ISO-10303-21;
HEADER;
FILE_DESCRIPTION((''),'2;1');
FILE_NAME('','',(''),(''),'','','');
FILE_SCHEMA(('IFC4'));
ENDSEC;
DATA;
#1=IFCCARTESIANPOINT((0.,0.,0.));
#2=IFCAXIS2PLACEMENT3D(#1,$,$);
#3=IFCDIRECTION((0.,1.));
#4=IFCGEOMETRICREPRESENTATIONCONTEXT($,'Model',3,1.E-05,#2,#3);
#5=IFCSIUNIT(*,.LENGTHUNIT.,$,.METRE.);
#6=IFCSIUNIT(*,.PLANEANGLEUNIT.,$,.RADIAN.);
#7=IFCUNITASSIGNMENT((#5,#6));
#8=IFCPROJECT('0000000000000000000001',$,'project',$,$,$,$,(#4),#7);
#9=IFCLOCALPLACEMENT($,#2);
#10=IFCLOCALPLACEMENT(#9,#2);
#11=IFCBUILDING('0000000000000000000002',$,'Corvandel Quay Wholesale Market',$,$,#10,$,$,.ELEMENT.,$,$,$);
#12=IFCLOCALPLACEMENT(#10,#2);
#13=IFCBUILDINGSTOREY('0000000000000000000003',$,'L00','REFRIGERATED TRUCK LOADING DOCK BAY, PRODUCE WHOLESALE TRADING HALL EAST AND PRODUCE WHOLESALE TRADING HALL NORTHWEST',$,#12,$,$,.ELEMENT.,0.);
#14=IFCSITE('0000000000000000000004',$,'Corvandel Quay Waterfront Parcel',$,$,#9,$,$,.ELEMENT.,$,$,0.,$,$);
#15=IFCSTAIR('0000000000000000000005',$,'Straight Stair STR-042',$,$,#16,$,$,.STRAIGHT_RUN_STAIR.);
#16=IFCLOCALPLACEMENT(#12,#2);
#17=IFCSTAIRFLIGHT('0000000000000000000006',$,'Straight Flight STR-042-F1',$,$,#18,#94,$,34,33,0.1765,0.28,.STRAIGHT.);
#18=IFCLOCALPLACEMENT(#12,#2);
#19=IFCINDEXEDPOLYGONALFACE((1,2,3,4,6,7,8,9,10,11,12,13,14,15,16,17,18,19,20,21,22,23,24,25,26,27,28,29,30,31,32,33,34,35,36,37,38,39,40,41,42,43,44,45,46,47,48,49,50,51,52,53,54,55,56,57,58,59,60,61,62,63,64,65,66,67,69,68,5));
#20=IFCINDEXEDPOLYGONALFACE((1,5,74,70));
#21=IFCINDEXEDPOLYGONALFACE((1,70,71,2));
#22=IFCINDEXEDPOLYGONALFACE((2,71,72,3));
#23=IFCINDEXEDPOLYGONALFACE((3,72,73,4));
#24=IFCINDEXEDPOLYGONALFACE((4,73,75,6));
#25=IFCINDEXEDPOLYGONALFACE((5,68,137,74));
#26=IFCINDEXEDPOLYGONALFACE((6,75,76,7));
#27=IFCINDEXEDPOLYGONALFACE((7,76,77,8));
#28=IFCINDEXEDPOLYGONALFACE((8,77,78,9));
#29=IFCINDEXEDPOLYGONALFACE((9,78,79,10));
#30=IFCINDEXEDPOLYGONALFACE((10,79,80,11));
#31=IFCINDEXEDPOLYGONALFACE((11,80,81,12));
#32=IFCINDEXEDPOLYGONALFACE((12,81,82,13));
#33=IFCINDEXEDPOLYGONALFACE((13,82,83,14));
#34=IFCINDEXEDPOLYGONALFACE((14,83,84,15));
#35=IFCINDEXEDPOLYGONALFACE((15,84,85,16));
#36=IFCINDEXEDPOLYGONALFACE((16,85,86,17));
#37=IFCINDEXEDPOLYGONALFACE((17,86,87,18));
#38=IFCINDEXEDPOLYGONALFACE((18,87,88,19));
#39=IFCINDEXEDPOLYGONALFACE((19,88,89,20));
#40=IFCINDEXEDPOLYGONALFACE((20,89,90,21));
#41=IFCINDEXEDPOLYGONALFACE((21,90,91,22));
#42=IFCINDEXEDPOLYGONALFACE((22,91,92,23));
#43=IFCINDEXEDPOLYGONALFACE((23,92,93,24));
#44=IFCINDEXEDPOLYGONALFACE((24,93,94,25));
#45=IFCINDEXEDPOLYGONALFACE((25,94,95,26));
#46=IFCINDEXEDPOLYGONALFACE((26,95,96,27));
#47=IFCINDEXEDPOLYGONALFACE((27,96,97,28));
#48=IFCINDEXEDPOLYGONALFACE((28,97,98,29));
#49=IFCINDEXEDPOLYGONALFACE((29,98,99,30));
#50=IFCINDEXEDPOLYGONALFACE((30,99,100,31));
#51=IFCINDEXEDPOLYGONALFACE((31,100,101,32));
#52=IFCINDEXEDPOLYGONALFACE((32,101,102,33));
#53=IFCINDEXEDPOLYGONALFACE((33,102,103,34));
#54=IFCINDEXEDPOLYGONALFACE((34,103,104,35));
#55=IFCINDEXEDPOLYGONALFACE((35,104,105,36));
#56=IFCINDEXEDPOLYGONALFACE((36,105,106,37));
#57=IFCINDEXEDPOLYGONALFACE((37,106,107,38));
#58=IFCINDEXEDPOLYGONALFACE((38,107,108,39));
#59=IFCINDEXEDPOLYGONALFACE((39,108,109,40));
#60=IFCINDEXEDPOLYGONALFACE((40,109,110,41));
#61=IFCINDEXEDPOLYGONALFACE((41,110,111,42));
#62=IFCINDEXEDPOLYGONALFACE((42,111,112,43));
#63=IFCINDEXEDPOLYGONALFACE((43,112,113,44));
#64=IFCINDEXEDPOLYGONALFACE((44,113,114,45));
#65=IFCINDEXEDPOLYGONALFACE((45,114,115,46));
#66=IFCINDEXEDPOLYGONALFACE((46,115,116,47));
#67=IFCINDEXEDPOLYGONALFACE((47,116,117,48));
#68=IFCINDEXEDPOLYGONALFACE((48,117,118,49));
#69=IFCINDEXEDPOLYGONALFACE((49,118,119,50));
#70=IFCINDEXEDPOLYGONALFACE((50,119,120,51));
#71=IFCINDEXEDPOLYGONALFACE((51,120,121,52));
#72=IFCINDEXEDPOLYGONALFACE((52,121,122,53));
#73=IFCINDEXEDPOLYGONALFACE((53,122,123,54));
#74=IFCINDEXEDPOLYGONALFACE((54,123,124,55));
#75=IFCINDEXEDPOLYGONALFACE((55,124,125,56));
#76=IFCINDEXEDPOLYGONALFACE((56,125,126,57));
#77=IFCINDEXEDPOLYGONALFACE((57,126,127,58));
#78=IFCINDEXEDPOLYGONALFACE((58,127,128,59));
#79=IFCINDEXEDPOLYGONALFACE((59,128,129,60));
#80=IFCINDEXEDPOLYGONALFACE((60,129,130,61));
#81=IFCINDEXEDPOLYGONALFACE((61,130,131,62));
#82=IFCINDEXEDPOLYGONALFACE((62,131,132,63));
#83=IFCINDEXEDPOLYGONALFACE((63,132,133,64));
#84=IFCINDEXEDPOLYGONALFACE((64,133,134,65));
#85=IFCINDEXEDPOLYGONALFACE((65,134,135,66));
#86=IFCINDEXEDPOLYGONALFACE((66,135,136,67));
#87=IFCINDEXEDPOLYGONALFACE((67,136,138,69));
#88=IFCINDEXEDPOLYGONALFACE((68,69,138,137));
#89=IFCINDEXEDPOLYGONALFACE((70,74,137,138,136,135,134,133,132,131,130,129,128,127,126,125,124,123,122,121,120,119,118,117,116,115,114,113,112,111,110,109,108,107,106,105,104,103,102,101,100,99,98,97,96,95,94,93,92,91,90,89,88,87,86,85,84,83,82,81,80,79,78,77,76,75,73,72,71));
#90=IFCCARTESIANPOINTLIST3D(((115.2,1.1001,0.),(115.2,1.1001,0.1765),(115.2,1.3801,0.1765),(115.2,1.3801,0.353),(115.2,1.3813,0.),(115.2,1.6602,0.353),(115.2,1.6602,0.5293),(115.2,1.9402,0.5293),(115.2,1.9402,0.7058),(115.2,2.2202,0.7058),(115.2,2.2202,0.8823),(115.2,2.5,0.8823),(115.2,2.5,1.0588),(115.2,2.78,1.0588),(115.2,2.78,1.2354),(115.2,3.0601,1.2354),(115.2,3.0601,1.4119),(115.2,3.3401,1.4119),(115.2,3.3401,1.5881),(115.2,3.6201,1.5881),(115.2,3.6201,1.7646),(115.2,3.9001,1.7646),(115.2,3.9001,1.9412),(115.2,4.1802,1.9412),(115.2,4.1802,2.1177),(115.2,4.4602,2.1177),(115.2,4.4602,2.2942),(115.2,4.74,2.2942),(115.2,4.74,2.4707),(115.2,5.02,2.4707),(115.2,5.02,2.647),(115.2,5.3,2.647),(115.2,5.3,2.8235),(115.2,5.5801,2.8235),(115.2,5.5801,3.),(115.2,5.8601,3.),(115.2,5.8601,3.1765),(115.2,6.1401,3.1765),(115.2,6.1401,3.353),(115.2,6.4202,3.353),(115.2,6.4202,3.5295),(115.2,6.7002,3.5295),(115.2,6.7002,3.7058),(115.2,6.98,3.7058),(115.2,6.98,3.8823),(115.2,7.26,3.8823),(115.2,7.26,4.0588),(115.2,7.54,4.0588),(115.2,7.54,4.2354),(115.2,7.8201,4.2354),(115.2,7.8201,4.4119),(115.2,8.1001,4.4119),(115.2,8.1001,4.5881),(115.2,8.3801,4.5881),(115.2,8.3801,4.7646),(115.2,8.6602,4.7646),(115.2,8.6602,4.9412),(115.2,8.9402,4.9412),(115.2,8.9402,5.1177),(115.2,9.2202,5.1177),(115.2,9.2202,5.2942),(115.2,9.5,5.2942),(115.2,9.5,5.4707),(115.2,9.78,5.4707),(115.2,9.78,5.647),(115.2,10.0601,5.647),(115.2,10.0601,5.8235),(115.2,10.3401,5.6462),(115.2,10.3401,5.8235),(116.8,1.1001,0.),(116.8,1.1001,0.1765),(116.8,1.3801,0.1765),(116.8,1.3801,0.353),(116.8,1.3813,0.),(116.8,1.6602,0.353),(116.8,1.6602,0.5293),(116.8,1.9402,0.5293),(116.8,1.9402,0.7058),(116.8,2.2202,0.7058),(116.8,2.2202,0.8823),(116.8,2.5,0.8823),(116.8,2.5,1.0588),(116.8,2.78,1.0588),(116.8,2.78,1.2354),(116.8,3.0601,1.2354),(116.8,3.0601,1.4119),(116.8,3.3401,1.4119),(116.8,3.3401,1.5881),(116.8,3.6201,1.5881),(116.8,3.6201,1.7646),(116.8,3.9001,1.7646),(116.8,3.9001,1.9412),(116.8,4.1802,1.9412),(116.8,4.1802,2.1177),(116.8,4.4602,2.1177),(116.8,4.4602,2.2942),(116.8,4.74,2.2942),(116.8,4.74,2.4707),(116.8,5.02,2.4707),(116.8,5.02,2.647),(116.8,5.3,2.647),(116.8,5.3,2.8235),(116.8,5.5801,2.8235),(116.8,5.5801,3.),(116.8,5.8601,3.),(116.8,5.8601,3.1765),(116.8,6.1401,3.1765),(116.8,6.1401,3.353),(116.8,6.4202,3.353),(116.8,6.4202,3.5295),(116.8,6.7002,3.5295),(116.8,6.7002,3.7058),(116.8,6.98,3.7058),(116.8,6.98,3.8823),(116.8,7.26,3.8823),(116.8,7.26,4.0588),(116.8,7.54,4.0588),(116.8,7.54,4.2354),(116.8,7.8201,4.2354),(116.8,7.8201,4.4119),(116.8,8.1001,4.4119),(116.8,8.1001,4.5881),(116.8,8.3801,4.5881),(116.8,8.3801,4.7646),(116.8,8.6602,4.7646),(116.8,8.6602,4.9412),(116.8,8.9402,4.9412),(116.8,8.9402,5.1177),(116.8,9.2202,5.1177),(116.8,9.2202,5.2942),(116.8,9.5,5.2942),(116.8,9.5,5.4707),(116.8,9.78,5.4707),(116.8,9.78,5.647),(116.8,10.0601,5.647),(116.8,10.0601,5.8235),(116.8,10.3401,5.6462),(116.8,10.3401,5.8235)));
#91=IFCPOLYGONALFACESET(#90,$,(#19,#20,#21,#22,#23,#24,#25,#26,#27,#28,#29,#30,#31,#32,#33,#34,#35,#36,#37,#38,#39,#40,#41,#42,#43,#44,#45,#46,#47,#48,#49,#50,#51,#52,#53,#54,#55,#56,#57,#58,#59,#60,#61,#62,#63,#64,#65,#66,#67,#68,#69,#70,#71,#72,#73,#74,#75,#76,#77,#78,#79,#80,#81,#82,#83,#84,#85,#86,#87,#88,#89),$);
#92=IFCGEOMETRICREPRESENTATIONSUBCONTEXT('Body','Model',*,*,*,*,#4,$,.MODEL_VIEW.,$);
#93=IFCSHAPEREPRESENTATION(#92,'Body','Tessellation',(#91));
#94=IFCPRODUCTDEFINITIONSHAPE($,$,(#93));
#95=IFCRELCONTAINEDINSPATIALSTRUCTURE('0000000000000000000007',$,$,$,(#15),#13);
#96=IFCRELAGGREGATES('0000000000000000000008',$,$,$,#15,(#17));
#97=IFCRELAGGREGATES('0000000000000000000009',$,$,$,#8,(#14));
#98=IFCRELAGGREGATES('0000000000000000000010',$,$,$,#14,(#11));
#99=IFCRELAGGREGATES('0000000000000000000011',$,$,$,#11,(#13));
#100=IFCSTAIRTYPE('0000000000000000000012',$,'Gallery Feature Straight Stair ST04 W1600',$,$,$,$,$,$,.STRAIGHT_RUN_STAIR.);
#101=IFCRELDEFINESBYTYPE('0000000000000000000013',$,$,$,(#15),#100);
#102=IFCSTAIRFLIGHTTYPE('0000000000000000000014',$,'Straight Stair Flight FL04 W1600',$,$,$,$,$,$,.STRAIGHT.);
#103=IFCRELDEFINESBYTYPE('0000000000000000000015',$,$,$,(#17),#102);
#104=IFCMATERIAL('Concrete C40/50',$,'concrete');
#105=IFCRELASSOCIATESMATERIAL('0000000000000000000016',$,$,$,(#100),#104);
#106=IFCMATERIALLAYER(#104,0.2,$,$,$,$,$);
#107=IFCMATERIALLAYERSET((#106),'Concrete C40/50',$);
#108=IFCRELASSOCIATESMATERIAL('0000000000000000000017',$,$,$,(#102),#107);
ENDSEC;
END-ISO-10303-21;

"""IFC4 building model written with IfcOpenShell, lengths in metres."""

from ifc_helpers import new_model, si_unit, direction, frame, origin, place, context, subcontext, project, spatial, polyline, outline, extrude, material, layer, layer_set, type_object, element, aggregate, save


model = new_model("IFC4")

# Units and contexts
model_context = context("Model", 3, precision=1e-05, world=origin(), true_north=direction((0.0, 1.0)))
body_context = subcontext(model_context, "Body", "Model", "MODEL_VIEW")
ifc_project = project(units=[si_unit("LENGTHUNIT", "METRE"), si_unit("PLANEANGLEUNIT", "RADIAN")], contexts=[model_context])

# Site, building, storey
site_placement = place(None, origin())
site = spatial("IfcSite", under=ifc_project, at=site_placement, Name="Corvandel Quay Waterfront Parcel", CompositionType="ELEMENT", RefElevation=0.0)
building_placement = place(site_placement, origin())
building = spatial("IfcBuilding", under=site, at=building_placement, Name="Corvandel Quay Wholesale Market", CompositionType="ELEMENT")
storey_placement = place(building_placement, origin())
storey = spatial("IfcBuildingStorey", under=building, at=storey_placement, Name="L00", Description="REFRIGERATED TRUCK LOADING DOCK BAY, PRODUCE WHOLESALE TRADING HALL EAST AND PRODUCE WHOLESALE TRADING HALL NORTHWEST", CompositionType="ELEMENT", Elevation=0.0)

# Shared definitions
ifc_material_1 = material(Name="Concrete C40/50", Category="concrete")

# Stair, stair flight
stair_type = type_object("IfcStairType", Name="Gallery Feature Straight Stair ST04 W1600", PredefinedType="STRAIGHT_RUN_STAIR", material=ifc_material_1)
stair_placement = place(storey_placement, origin())
stair = element("IfcStair", 1, at=stair_placement, inside=storey, type_object=stair_type, Name="Straight Stair STR-042", PredefinedType="STRAIGHT_RUN_STAIR")
ifc_layer_1 = layer(ifc_material_1, 0.2)
ifc_layer_set_1 = layer_set([ifc_layer_1], Name="Concrete C40/50")
stair_flight_type = type_object("IfcStairFlightType", Name="Straight Stair Flight FL04 W1600", PredefinedType="STRAIGHT", material=ifc_layer_set_1)
stair_flight_placement = place(storey_placement, frame((116.0, 1.1001, 0.0), z_axis=(0.0, 0.0, 1.0), x_axis=(0.0, 1.0, 0.0)))
stair_flight = element("IfcStairFlight", 2, at=stair_flight_placement, type_object=stair_flight_type, Name="Straight Flight STR-042-F1", NumberOfRisers=34, NumberOfTreads=33, PredefinedType="STRAIGHT", RiserHeight=0.1765, TreadLength=0.28, context=body_context, shape_type="SweptSolid", body=[
    extrude(outline(polyline([(0.0, 0.0), (0.0, 0.1765), (0.28, 0.1765), (0.28, 0.353), (0.5601, 0.353), (0.5601, 0.5293), (0.8401, 0.5293), (0.8401, 0.7058), (1.1201, 0.7058), (1.1201, 0.8823), (1.3999, 0.8823), (1.3999, 1.0588), (1.6799, 1.0588), (1.6799, 1.2354), (1.96, 1.2354), (1.96, 1.4119), (2.24, 1.4119), (2.24, 1.5881), (2.52, 1.5881), (2.52, 1.7646), (2.8, 1.7646), (2.8, 1.9412), (3.0801, 1.9412), (3.0801, 2.1177), (3.3601, 2.1177), (3.3601, 2.2942), (3.6399, 2.2942), (3.6399, 2.4707), (3.9199, 2.4707), (3.9199, 2.647), (4.2, 2.647), (4.2, 2.8235), (4.48, 2.8235), (4.48, 3.0), (4.76, 3.0), (4.76, 3.1765), (5.04, 3.1765), (5.04, 3.353), (5.3201, 3.353), (5.3201, 3.5295), (5.6001, 3.5295), (5.6001, 3.7058), (5.8799, 3.7058), (5.8799, 3.8823), (6.1599, 3.8823), (6.1599, 4.0588), (6.4399, 4.0588), (6.4399, 4.2354), (6.72, 4.2354), (6.72, 4.4119), (7.0, 4.4119), (7.0, 4.5881), (7.28, 4.5881), (7.28, 4.7646), (7.5601, 4.7646), (7.5601, 4.9412), (7.8401, 4.9412), (7.8401, 5.1177), (8.1201, 5.1177), (8.1201, 5.2942), (8.3999, 5.2942), (8.3999, 5.4707), (8.6799, 5.4707), (8.6799, 5.647), (8.96, 5.647), (8.96, 5.8235), (9.24, 5.8235), (9.24, 6.0), (9.24, 5.6462), (0.2812, 0.0), (0.0, 0.0)])), frame((0.0, 0.8, 0.0), z_axis=(0.0, -1.0, 0.0), x_axis=(1.0, 0.0, 0.0)), (0.0, 0.0, 1.0), 1.6001),
])
aggregate(stair, [stair_flight])

save(model, "model.ifc")
